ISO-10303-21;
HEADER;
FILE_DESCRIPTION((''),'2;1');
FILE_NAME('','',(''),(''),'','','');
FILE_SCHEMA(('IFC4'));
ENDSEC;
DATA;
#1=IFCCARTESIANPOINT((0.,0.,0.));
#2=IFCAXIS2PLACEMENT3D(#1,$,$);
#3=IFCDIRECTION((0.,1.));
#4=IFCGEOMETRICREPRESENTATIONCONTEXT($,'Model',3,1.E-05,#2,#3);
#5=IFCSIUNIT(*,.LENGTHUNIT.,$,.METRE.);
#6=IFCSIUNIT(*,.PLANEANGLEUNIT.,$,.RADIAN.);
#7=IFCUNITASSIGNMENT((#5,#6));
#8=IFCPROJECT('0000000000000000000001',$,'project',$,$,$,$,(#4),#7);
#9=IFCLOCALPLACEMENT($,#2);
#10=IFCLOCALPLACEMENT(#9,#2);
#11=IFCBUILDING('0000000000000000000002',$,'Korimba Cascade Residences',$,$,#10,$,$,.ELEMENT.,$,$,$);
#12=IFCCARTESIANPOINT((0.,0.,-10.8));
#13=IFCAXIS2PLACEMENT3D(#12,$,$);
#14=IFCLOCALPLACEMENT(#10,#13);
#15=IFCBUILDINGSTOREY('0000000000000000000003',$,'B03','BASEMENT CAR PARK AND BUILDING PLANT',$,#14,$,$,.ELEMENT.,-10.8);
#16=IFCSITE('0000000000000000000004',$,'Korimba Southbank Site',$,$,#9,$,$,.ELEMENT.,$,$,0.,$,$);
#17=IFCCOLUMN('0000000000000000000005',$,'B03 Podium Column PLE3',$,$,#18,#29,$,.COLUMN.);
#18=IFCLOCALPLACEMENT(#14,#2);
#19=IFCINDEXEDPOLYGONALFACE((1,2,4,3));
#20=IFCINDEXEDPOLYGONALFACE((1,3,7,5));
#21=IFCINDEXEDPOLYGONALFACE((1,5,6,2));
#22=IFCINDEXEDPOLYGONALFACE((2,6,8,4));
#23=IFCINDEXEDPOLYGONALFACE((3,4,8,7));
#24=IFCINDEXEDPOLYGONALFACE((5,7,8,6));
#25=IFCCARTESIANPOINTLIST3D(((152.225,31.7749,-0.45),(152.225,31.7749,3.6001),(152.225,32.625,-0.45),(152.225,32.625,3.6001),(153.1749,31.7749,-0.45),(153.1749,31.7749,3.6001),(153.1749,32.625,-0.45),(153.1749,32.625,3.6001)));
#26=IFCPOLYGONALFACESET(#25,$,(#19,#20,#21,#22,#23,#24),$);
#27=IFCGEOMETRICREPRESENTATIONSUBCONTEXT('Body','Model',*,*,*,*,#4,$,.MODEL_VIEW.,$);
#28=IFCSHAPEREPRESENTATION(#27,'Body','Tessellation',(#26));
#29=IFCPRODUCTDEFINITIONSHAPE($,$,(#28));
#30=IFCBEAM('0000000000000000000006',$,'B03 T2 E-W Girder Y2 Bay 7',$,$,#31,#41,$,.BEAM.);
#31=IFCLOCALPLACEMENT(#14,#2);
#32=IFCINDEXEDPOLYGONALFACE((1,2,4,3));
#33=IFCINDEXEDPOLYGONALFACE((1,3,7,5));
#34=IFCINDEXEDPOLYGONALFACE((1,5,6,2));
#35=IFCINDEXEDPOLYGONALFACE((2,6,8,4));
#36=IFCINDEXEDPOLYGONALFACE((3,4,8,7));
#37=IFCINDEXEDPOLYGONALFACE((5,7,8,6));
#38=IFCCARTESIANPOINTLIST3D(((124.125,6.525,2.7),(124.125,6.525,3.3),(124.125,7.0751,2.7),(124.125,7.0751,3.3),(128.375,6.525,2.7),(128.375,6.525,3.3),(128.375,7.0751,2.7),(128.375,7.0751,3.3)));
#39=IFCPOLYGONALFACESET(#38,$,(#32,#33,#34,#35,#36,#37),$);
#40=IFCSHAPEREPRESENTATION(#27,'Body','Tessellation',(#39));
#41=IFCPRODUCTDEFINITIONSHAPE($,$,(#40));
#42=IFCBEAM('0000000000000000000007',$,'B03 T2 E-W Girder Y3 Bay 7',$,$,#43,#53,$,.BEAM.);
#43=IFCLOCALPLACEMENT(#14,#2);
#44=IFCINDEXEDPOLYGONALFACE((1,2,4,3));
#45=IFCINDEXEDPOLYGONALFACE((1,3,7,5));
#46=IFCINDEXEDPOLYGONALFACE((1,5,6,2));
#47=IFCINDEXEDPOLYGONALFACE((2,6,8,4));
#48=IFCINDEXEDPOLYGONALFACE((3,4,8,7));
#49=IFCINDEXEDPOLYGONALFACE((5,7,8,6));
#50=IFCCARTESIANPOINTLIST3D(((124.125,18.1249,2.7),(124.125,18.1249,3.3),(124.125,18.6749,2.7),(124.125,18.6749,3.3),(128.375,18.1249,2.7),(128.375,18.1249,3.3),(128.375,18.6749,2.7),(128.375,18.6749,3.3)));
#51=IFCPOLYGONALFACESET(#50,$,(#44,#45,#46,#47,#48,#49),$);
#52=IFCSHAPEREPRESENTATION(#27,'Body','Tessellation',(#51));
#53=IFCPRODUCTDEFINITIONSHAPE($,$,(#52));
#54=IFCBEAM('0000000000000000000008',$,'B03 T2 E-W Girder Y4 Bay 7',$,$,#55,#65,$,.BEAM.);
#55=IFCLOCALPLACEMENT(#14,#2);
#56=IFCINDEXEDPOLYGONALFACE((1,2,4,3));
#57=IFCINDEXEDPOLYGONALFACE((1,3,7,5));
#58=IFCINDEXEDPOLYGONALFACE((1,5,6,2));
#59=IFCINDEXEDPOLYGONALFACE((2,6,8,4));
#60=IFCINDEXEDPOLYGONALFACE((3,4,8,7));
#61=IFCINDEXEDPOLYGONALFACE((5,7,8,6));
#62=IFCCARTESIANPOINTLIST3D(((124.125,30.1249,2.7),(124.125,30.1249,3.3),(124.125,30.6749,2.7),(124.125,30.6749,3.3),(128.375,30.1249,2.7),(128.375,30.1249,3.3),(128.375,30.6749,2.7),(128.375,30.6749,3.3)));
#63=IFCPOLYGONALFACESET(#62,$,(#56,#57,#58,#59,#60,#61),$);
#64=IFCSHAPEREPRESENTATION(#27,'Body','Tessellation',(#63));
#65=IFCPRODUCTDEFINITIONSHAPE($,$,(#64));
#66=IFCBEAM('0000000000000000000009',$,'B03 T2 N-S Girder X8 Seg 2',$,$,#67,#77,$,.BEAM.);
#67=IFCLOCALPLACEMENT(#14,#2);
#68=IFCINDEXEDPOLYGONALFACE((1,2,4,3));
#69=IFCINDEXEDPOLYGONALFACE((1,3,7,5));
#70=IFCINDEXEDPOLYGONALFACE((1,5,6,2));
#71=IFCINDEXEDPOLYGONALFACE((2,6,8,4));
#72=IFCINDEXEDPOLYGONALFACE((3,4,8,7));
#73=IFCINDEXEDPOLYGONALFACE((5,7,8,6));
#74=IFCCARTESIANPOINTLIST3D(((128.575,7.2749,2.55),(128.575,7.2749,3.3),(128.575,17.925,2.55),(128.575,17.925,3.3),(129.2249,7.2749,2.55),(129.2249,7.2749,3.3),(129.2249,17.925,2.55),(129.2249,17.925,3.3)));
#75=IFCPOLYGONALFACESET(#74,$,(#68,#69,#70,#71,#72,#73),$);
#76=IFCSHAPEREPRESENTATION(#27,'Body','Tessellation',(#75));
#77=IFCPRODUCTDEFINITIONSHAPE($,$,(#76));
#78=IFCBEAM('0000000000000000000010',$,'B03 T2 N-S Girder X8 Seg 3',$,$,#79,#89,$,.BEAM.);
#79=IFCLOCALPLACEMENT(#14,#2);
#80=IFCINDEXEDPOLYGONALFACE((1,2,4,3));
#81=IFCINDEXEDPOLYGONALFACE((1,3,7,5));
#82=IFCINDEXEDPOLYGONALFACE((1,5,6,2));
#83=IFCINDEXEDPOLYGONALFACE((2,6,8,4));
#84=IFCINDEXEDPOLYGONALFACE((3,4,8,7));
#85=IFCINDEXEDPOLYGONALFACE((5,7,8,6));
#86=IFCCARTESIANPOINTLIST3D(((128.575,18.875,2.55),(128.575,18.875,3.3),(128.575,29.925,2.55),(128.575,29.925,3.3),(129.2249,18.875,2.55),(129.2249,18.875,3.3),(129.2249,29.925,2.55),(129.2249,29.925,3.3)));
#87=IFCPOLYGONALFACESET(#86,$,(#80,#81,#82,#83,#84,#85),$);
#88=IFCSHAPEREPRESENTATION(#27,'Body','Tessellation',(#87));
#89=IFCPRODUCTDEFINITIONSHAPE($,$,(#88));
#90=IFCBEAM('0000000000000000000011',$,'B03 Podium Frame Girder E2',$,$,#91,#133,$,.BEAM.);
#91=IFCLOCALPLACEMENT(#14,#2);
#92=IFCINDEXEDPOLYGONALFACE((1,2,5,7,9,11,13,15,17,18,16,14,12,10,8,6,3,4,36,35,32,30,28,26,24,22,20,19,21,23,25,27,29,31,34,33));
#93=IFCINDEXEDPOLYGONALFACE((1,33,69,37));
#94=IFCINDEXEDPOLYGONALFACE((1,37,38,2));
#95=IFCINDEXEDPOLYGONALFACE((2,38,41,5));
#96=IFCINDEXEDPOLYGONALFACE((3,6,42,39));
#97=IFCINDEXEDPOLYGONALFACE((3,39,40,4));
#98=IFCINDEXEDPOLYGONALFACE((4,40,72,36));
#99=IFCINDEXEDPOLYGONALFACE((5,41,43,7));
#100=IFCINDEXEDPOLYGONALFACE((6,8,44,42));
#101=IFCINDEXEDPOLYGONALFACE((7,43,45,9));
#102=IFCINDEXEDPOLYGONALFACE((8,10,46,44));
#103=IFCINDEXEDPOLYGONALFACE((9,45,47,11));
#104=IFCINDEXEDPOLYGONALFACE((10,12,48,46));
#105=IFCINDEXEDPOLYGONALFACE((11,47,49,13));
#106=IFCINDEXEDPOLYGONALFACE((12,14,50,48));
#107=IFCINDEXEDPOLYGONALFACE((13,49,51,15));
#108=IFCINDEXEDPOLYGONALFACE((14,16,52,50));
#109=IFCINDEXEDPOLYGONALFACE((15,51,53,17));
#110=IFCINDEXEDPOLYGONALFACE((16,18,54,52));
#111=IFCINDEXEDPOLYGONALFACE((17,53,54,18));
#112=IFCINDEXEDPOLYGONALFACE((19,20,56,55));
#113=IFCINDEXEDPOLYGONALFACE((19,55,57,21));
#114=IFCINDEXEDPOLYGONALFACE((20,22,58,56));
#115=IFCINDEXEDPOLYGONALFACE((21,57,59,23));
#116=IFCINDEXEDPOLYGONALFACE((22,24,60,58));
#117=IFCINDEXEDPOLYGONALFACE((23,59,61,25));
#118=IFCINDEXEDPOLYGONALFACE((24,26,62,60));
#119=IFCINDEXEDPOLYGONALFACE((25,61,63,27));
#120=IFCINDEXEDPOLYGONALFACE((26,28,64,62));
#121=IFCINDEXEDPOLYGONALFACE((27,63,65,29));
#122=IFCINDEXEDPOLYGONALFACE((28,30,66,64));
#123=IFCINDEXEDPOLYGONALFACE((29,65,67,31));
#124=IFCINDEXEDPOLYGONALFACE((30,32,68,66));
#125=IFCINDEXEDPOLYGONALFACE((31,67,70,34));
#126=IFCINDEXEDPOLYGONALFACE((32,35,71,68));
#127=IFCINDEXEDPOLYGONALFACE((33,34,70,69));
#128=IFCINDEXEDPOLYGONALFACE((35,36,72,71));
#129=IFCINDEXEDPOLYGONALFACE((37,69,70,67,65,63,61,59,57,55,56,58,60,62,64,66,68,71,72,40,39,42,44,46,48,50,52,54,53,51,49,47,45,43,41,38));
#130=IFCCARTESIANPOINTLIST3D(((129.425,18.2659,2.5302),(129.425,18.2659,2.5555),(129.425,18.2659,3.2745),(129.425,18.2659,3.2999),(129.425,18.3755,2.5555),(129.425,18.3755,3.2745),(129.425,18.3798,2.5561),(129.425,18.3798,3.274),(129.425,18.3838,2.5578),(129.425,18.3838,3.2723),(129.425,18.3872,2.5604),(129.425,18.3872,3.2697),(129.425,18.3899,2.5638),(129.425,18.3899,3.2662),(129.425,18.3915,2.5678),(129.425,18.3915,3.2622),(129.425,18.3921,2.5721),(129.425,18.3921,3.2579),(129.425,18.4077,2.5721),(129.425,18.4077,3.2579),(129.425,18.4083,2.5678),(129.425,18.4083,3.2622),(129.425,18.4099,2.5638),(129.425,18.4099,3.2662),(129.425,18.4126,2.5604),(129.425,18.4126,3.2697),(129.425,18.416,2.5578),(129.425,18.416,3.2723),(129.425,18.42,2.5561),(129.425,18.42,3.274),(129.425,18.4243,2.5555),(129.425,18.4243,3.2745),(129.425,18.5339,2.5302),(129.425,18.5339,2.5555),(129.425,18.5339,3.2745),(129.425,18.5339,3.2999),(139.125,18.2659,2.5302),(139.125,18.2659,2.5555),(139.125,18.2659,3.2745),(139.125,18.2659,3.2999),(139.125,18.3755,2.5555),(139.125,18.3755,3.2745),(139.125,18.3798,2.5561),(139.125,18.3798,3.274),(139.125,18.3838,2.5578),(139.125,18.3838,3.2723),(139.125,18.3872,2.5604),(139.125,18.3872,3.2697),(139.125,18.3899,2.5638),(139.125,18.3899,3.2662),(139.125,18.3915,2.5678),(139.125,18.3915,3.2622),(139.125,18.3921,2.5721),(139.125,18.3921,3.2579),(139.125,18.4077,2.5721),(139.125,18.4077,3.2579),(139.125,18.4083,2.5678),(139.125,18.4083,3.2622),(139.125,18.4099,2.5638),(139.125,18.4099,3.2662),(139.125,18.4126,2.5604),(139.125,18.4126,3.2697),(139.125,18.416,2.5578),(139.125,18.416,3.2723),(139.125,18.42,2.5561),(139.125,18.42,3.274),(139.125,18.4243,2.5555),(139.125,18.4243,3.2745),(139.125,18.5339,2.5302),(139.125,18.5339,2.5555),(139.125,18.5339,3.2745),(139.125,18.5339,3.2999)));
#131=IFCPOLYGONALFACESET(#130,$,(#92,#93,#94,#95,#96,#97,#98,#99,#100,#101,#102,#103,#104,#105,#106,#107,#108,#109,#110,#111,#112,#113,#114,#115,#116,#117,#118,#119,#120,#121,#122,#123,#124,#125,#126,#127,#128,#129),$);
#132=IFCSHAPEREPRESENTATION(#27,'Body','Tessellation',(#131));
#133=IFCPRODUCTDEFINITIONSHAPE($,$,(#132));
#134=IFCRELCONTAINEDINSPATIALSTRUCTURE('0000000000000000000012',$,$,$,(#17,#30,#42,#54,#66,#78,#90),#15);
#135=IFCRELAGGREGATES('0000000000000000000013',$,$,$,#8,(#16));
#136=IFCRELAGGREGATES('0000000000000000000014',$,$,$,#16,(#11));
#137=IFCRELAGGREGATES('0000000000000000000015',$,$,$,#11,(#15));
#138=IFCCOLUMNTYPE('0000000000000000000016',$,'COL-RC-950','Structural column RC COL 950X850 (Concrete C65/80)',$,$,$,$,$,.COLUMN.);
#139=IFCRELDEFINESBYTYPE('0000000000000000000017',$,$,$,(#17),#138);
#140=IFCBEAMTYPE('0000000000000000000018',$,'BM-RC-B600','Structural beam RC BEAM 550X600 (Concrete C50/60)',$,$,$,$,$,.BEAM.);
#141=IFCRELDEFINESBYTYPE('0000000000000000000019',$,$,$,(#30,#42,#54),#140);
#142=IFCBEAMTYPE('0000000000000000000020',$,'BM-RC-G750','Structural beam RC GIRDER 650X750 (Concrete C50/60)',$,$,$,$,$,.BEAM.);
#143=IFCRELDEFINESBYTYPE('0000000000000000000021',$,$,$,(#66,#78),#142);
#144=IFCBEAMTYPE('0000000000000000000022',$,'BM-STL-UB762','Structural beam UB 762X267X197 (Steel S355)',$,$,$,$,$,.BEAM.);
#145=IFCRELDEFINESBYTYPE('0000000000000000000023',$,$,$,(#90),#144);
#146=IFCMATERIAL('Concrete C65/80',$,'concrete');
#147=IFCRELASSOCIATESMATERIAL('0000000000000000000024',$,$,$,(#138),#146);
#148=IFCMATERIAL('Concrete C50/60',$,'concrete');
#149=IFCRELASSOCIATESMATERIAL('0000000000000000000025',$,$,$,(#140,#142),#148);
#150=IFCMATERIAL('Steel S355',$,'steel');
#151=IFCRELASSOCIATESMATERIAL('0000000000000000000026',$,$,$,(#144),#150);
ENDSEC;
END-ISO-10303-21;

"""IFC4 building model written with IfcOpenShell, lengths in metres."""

from ifc_helpers import new_model, si_unit, direction, frame, origin, origin_2d, place, context, subcontext, project, spatial, rectangle, i_section, extrude, material, material_profile, profile_set, type_object, element, save


model = new_model("IFC4")

# Units and contexts
model_context = context("Model", 3, precision=1e-05, world=origin(), true_north=direction((0.0, 1.0)))
body_context = subcontext(model_context, "Body", "Model", "MODEL_VIEW")
ifc_project = project(units=[si_unit("LENGTHUNIT", "METRE"), si_unit("PLANEANGLEUNIT", "RADIAN")], contexts=[model_context])

# Site, building, storey
site_placement = place(None, origin())
site = spatial("IfcSite", under=ifc_project, at=site_placement, Name="Korimba Southbank Site", CompositionType="ELEMENT", RefElevation=0.0)
building_placement = place(site_placement, origin())
building = spatial("IfcBuilding", under=site, at=building_placement, Name="Korimba Cascade Residences", CompositionType="ELEMENT")
storey_placement = place(building_placement, frame((0.0, 0.0, -10.8)))
storey = spatial("IfcBuildingStorey", under=building, at=storey_placement, Name="B03", Description="BASEMENT CAR PARK AND BUILDING PLANT", CompositionType="ELEMENT", Elevation=-10.8)

# Shared definitions
ifc_material_1 = material(Name="Concrete C50/60", Category="concrete")

# Column
ifc_material_2 = material(Name="Concrete C65/80", Category="concrete")
ifc_material_profile_1 = material_profile(ifc_material_2, rectangle(XDim=0.95, YDim=0.8501, at=origin_2d()), Name="Concrete C65/80")
ifc_profile_set_1 = profile_set([ifc_material_profile_1], Name="Concrete C65/80")
column_type_1 = type_object("IfcColumnType", Name="COL-RC-950", Description="Structural column RC COL 950X850 (Concrete C65/80)", PredefinedType="COLUMN", material=ifc_profile_set_1)
for number, where, z_axis, x_axis, name in (
    (1, (152.7, 32.2, -0.45), (0.0, 0.0, 1.0), (1.0, 0.0, 0.0), "B03 Podium Column PLE3"),
):
    element("IfcColumn", number, at=place(storey_placement, frame(where, z_axis=z_axis, x_axis=x_axis)), inside=storey, type_object=column_type_1, Name=name, PredefinedType="COLUMN", context=body_context, shape_type="SweptSolid", body=[
        extrude(rectangle(XDim=0.95, YDim=0.8501, at=origin_2d()), origin(), (0.0, 0.0, 1.0), 4.05),
    ])

# Beams
ifc_material_profile_2 = material_profile(ifc_material_1, rectangle(XDim=0.55, YDim=0.6001, at=origin_2d()), Name="Concrete C50/60")
ifc_profile_set_2 = profile_set([ifc_material_profile_2], Name="Concrete C50/60")
beam_type_1 = type_object("IfcBeamType", Name="BM-RC-B600", Description="Structural beam RC BEAM 550X600 (Concrete C50/60)", PredefinedType="BEAM", material=ifc_profile_set_2)
for number, where, z_axis, x_axis, name in (
    (2, (124.125, 6.8, 3.0), (1.0, 0.0, 0.0), (0.0, 1.0, 0.0), "B03 T2 E-W Girder Y2 Bay 7"),
    (3, (124.125, 18.3999, 3.0), (1.0, 0.0, 0.0), (0.0, 1.0, 0.0), "B03 T2 E-W Girder Y3 Bay 7"),
    (4, (124.125, 30.3999, 3.0), (1.0, 0.0, 0.0), (0.0, 1.0, 0.0), "B03 T2 E-W Girder Y4 Bay 7"),
):
    element("IfcBeam", number, at=place(storey_placement, frame(where, z_axis=z_axis, x_axis=x_axis)), inside=storey, type_object=beam_type_1, Name=name, PredefinedType="BEAM", context=body_context, shape_type="SweptSolid", body=[
        extrude(rectangle(XDim=0.55, YDim=0.6001, at=origin_2d()), origin(), (0.0, 0.0, 1.0), 4.25),
    ])
ifc_material_profile_3 = material_profile(ifc_material_1, rectangle(XDim=0.6499, YDim=0.75, at=origin_2d()), Name="Concrete C50/60")
ifc_profile_set_3 = profile_set([ifc_material_profile_3], Name="Concrete C50/60")
beam_type_2 = type_object("IfcBeamType", Name="BM-RC-G750", Description="Structural beam RC GIRDER 650X750 (Concrete C50/60)", PredefinedType="BEAM", material=ifc_profile_set_3)
beam_1_placement = place(storey_placement, frame((128.8999, 7.2749, 2.925), z_axis=(0.0, 1.0, 0.0), x_axis=(-1.0, 0.0, 0.0)))
element("IfcBeam", 5, at=beam_1_placement, inside=storey, type_object=beam_type_2, Name="B03 T2 N-S Girder X8 Seg 2", PredefinedType="BEAM", context=body_context, shape_type="SweptSolid", body=[
    extrude(rectangle(XDim=0.6499, YDim=0.75, at=origin_2d()), origin(), (0.0, 0.0, 1.0), 10.6501),
])
beam_2_placement = place(storey_placement, frame((128.8999, 18.875, 2.925), z_axis=(0.0, 1.0, 0.0), x_axis=(-1.0, 0.0, 0.0)))
element("IfcBeam", 6, at=beam_2_placement, inside=storey, type_object=beam_type_2, Name="B03 T2 N-S Girder X8 Seg 3", PredefinedType="BEAM", context=body_context, shape_type="SweptSolid", body=[
    extrude(rectangle(XDim=0.6499, YDim=0.75, at=origin_2d()), origin(), (0.0, 0.0, 1.0), 11.05),
])
ifc_material_3 = material(Name="Steel S355", Category="steel")
ifc_material_profile_4 = material_profile(ifc_material_3, i_section(OverallWidth=0.2681, OverallDepth=0.7698, WebThickness=0.0156, FlangeThickness=0.0254, FilletRadius=0.0166, at=origin_2d()), Name="Steel S355")
ifc_profile_set_4 = profile_set([ifc_material_profile_4], Name="Steel S355")
beam_type_3 = type_object("IfcBeamType", Name="BM-STL-UB762", Description="Structural beam UB 762X267X197 (Steel S355)", PredefinedType="BEAM", material=ifc_profile_set_4)
beam_3_placement = place(storey_placement, frame((129.425, 18.3999, 2.915), z_axis=(1.0, 0.0, 0.0), x_axis=(0.0, 1.0, 0.0)))
element("IfcBeam", 7, at=beam_3_placement, inside=storey, type_object=beam_type_3, Name="B03 Podium Frame Girder E2", PredefinedType="BEAM", context=body_context, shape_type="SweptSolid", body=[
    extrude(i_section(OverallWidth=0.2681, OverallDepth=0.7698, WebThickness=0.0156, FlangeThickness=0.0254, FilletRadius=0.0166, at=origin_2d()), origin(), (0.0, 0.0, 1.0), 9.7),
])

save(model, "model.ifc")
